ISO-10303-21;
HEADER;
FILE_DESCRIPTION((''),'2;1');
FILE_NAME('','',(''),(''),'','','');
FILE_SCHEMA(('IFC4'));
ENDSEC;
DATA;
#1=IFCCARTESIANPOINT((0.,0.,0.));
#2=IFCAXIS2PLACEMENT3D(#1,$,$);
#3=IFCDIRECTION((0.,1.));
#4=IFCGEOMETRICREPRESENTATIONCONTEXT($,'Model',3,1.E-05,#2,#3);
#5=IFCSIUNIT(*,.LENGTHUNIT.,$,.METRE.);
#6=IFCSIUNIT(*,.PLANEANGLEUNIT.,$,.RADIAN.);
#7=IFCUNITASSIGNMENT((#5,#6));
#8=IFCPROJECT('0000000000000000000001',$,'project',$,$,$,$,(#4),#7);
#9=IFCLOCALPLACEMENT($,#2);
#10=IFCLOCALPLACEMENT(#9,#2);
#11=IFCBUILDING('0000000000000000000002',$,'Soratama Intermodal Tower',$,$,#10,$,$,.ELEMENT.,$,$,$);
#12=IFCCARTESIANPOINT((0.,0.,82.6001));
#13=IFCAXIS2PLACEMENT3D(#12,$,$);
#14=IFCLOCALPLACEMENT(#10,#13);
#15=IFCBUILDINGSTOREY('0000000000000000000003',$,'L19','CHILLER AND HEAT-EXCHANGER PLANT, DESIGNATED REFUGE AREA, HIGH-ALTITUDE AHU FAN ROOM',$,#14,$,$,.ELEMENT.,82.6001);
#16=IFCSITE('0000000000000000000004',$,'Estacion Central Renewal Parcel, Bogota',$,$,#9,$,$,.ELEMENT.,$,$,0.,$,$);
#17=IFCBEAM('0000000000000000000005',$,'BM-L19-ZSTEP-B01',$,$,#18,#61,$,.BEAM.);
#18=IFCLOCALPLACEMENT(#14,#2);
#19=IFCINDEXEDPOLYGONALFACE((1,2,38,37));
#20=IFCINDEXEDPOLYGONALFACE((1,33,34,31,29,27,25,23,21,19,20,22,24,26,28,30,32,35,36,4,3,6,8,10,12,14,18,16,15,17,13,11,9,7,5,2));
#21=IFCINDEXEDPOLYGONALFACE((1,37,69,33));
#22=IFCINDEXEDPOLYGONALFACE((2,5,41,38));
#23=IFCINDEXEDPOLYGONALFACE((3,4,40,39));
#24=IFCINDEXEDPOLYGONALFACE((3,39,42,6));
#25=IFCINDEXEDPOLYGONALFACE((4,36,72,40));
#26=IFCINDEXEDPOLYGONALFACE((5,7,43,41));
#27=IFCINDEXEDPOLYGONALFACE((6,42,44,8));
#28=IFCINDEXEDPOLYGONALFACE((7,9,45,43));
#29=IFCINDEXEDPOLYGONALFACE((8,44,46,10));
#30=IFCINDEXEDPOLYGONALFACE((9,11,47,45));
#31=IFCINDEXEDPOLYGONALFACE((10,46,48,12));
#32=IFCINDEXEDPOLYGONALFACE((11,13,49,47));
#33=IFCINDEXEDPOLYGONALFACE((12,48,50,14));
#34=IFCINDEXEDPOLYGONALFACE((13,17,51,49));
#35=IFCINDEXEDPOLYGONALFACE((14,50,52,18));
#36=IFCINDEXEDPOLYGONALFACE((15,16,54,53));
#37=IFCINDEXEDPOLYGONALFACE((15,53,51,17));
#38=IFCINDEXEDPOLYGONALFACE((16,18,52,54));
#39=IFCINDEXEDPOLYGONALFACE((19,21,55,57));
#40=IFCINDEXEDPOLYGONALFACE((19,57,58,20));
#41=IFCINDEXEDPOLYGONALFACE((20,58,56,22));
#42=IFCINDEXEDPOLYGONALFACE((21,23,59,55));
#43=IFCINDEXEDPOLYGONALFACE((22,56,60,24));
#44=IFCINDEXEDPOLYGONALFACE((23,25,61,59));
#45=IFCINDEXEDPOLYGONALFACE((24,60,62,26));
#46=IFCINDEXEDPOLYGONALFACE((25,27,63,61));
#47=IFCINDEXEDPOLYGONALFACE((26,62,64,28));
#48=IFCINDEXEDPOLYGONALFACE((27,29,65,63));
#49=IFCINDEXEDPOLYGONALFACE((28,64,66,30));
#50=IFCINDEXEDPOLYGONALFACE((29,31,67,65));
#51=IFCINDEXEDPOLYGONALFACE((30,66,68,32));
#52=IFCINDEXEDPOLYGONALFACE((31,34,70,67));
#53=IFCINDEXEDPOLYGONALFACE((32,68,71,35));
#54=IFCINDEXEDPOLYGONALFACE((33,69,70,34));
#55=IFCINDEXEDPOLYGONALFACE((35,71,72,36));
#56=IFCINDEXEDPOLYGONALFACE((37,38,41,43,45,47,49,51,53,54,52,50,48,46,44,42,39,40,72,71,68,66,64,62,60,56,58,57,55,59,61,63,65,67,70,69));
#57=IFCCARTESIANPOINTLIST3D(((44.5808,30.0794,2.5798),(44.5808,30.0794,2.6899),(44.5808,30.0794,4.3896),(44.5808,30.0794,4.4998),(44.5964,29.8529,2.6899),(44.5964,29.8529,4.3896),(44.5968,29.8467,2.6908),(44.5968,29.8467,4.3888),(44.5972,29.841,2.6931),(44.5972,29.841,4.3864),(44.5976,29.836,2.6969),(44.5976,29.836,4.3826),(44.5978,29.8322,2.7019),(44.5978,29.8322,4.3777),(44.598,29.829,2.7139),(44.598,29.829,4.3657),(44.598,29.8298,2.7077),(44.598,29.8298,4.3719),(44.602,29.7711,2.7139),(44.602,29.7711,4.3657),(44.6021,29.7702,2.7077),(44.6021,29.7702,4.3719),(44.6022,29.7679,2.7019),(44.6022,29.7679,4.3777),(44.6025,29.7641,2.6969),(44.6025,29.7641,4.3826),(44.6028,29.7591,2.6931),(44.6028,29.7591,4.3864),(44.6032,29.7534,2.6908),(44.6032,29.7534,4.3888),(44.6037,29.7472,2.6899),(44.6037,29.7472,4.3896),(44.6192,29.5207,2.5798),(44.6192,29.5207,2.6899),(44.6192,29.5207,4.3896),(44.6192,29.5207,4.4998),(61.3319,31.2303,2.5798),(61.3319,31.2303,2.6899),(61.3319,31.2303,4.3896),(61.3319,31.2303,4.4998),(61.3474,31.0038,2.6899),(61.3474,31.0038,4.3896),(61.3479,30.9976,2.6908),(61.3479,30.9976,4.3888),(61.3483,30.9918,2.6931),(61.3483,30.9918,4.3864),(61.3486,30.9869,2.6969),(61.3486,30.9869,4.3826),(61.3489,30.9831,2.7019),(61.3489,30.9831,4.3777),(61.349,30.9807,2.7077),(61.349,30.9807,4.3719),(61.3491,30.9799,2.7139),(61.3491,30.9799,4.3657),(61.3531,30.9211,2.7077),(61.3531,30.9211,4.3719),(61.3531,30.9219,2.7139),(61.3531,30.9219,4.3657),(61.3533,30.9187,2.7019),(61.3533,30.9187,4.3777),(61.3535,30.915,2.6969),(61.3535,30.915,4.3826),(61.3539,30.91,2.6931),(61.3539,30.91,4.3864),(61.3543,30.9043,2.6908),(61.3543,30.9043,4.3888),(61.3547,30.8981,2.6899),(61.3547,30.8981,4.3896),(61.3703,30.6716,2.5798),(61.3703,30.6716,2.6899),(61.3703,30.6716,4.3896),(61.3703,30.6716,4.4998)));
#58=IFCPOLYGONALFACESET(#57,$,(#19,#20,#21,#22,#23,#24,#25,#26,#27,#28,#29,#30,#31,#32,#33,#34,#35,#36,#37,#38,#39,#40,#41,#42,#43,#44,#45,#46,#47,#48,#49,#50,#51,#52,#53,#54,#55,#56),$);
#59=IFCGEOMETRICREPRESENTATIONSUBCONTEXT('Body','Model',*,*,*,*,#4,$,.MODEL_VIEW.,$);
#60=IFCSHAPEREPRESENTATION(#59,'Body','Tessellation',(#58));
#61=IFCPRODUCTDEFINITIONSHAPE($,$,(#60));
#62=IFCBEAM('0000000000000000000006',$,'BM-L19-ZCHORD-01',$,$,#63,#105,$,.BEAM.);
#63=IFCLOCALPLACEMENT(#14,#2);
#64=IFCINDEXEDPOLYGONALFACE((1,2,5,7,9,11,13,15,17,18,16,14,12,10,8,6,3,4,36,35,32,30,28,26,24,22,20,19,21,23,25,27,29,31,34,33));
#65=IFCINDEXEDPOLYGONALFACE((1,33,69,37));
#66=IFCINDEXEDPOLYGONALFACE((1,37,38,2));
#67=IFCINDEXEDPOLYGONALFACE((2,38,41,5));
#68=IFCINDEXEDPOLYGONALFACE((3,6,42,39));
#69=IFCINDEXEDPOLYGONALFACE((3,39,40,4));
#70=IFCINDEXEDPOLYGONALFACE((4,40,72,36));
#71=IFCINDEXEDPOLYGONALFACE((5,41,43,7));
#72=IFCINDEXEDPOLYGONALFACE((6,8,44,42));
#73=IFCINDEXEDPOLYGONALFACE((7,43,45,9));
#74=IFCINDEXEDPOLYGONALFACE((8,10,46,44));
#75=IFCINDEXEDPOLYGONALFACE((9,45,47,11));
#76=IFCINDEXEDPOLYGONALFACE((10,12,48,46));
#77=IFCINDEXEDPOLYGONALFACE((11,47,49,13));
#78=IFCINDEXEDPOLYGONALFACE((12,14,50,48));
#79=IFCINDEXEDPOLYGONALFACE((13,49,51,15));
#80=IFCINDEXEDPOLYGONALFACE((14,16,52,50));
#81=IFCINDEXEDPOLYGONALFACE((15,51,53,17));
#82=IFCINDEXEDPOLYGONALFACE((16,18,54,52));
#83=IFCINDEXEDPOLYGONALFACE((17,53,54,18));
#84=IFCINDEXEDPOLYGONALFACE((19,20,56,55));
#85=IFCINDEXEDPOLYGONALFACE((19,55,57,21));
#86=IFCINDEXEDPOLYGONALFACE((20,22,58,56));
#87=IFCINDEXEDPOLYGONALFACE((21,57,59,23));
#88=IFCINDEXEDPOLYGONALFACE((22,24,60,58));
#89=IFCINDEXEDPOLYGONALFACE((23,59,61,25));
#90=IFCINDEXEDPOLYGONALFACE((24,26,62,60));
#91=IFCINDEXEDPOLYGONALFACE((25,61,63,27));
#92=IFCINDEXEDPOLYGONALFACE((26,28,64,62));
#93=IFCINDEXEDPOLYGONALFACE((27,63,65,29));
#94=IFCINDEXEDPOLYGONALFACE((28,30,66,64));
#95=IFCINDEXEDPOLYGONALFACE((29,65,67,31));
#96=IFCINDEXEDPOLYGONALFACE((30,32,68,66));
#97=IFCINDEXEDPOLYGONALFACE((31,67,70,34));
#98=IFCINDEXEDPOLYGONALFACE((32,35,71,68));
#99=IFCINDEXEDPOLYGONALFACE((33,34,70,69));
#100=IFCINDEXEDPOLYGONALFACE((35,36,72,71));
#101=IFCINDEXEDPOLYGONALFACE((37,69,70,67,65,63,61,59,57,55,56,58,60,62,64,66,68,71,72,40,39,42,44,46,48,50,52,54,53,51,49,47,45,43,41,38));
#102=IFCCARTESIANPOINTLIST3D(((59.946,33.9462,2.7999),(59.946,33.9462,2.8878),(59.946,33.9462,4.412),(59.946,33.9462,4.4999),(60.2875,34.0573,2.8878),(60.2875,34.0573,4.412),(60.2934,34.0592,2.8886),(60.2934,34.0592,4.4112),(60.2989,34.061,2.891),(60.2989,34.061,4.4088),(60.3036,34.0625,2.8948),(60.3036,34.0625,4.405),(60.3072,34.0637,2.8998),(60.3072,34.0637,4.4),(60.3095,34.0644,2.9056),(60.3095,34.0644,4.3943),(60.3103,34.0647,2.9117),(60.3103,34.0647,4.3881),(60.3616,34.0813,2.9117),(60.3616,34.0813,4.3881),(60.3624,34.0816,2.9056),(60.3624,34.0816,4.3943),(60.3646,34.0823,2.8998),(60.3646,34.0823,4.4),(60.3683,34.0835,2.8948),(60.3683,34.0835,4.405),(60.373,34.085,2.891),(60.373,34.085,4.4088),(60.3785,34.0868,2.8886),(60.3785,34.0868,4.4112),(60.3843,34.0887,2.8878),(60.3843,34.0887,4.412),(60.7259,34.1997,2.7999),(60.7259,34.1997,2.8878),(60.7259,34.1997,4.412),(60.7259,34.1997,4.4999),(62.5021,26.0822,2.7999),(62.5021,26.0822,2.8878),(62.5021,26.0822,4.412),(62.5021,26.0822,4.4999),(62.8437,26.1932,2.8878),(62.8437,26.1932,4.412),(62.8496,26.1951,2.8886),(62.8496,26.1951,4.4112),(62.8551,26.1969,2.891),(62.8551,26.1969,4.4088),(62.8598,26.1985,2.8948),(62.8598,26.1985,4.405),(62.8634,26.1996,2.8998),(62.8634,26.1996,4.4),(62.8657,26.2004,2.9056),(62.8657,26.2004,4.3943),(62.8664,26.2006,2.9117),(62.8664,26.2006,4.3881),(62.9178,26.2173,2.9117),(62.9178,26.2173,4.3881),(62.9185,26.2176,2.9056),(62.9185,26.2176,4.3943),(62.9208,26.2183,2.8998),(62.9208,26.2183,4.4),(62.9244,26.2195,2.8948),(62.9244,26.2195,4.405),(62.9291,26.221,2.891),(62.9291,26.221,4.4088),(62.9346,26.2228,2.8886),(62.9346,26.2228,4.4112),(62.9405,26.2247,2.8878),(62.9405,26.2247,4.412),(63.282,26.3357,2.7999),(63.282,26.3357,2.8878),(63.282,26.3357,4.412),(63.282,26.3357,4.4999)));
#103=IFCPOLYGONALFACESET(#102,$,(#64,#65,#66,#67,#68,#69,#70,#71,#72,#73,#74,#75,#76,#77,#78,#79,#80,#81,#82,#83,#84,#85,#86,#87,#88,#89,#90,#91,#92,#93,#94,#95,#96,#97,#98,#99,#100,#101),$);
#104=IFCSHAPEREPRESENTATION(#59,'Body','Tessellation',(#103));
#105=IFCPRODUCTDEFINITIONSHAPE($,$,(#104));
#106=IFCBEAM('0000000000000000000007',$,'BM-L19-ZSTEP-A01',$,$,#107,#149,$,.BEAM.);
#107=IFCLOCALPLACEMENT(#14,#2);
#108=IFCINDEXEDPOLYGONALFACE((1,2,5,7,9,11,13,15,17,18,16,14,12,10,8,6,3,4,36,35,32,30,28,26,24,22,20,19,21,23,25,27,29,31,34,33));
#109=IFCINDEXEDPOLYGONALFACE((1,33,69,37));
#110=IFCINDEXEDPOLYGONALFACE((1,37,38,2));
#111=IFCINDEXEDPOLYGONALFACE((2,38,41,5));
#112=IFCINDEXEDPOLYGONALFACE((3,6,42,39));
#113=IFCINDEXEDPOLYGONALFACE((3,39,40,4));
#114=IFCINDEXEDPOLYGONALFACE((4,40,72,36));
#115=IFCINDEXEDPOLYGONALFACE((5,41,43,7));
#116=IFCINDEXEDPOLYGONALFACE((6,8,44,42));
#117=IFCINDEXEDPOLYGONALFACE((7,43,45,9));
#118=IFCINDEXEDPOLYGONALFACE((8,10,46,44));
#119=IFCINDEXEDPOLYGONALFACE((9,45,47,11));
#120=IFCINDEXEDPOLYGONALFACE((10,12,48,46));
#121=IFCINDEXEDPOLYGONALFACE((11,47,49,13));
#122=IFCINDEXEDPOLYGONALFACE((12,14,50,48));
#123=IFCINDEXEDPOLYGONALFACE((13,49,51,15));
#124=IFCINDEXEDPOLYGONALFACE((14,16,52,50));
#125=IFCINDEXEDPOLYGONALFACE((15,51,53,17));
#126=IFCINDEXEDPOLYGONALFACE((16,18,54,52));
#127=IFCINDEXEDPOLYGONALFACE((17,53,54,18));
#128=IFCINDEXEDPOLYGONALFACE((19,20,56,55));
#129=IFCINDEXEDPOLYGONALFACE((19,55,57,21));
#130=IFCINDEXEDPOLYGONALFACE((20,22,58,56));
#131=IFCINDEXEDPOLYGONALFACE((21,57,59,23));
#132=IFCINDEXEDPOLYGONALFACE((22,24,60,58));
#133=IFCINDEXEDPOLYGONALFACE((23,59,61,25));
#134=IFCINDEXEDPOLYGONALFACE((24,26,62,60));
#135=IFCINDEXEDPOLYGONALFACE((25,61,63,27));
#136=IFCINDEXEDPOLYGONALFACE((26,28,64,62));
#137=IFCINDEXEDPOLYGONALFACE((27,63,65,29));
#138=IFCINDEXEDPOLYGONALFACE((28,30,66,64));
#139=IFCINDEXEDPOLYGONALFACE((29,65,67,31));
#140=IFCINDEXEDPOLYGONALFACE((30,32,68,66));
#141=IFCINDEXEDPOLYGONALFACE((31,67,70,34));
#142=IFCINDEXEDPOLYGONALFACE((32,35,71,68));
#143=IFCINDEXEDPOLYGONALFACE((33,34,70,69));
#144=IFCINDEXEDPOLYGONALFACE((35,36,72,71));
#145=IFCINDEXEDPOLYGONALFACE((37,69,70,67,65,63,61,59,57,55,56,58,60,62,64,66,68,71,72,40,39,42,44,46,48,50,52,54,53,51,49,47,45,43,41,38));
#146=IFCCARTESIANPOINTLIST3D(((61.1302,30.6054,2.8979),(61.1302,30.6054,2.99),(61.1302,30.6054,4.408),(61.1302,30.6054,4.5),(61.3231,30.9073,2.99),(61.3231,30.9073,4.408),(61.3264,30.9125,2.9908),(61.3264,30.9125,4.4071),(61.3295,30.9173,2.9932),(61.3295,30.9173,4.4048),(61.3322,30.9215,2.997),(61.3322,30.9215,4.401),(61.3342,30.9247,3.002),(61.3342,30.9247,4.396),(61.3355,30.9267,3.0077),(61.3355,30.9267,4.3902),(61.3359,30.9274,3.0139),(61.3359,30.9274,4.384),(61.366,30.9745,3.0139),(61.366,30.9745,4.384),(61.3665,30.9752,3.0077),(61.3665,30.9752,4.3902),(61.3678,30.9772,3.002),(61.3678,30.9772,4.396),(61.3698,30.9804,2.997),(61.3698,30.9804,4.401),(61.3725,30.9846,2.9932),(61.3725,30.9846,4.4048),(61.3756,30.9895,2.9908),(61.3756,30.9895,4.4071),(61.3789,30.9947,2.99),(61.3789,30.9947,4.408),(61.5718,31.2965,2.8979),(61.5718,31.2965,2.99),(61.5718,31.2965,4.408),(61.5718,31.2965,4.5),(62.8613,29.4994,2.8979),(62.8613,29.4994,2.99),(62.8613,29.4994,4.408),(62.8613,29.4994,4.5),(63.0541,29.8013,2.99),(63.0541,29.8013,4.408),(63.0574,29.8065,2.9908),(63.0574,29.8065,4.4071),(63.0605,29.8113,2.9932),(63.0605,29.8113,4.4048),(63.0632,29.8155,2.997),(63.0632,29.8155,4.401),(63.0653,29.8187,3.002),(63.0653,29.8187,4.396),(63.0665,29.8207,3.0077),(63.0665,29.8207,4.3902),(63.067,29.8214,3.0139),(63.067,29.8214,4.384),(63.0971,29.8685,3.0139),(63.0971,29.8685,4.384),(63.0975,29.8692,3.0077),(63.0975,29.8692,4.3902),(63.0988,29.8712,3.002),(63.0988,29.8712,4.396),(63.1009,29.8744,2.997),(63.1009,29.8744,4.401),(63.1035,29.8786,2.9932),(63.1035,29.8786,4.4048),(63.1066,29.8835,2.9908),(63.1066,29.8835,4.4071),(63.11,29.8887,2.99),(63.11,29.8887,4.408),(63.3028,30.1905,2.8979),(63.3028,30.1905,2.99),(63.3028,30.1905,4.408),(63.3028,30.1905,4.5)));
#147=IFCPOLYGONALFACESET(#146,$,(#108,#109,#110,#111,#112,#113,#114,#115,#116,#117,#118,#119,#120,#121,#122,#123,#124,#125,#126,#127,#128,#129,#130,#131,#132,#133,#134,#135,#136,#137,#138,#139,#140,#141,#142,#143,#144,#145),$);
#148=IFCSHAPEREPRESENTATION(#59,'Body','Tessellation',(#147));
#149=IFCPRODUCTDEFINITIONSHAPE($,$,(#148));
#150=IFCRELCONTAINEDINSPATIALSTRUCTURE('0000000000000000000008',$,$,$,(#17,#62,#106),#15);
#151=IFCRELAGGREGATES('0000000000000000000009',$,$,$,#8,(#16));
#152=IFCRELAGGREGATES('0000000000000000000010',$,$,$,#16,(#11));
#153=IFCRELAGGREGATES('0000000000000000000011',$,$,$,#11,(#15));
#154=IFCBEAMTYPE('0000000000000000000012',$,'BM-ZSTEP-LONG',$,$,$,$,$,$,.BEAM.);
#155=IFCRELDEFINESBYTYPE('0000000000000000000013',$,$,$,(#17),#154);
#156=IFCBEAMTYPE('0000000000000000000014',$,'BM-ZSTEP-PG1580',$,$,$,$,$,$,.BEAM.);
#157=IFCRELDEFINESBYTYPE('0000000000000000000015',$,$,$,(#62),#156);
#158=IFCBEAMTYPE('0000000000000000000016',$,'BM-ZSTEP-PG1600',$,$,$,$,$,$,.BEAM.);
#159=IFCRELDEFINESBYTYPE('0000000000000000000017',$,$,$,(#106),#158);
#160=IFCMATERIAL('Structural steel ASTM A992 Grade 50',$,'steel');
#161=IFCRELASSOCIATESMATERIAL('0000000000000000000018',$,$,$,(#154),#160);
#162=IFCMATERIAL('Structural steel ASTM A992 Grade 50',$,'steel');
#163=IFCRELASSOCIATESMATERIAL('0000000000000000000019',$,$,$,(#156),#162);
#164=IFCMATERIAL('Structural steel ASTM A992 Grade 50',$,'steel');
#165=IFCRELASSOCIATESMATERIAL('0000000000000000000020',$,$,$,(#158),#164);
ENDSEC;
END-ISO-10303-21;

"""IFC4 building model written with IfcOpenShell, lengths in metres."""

from ifc_helpers import new_model, si_unit, direction, frame, origin, origin_2d, place, context, subcontext, project, spatial, i_section, extrude, material, material_profile, profile_set, type_object, element, save


model = new_model("IFC4")

# Units and contexts
model_context = context("Model", 3, precision=1e-05, world=origin(), true_north=direction((0.0, 1.0)))
body_context = subcontext(model_context, "Body", "Model", "MODEL_VIEW")
ifc_project = project(units=[si_unit("LENGTHUNIT", "METRE"), si_unit("PLANEANGLEUNIT", "RADIAN")], contexts=[model_context])

# Site, building, storey
site_placement = place(None, origin())
site = spatial("IfcSite", under=ifc_project, at=site_placement, Name="Estacion Central Renewal Parcel, Bogota", CompositionType="ELEMENT", RefElevation=0.0)
building_placement = place(site_placement, origin())
building = spatial("IfcBuilding", under=site, at=building_placement, Name="Soratama Intermodal Tower", CompositionType="ELEMENT")
storey_placement = place(building_placement, frame((0.0, 0.0, 82.6001)))
storey = spatial("IfcBuildingStorey", under=building, at=storey_placement, Name="L19", Description="CHILLER AND HEAT-EXCHANGER PLANT, DESIGNATED REFUGE AREA, HIGH-ALTITUDE AHU FAN ROOM", CompositionType="ELEMENT", Elevation=82.6001)

# Beams
ifc_material_1 = material(Name="Structural steel ASTM A992 Grade 50", Category="steel")
ifc_material_profile_1 = material_profile(ifc_material_1, i_section(OverallWidth=0.5601, OverallDepth=1.9199, WebThickness=0.0581, FlangeThickness=0.1101, FilletRadius=0.0239, at=origin_2d()), Name="PG2150X720")
ifc_profile_set_1 = profile_set([ifc_material_profile_1], Name="Structural steel ASTM A992 Grade 50")
beam_type_1 = type_object("IfcBeamType", Name="BM-ZSTEP-LONG", PredefinedType="BEAM", material=ifc_profile_set_1)
beam_1_placement = place(storey_placement, frame((61.3511, 30.9509, 3.5398), z_axis=(-0.997648, -0.068544, 0.0), x_axis=(0.068544, -0.997648, 0.0)))
element("IfcBeam", 1, at=beam_1_placement, inside=storey, type_object=beam_type_1, Name="BM-L19-ZSTEP-B01", PredefinedType="BEAM", context=body_context, shape_type="SweptSolid", body=[
    extrude(i_section(OverallWidth=0.5601, OverallDepth=1.9199, WebThickness=0.0581, FlangeThickness=0.1101, FilletRadius=0.0239, at=origin_2d()), origin(), (0.0, 0.0, 1.0), 16.7905),
])
ifc_material_2 = material(Name="Structural steel ASTM A992 Grade 50", Category="steel")
ifc_material_profile_2 = material_profile(ifc_material_2, i_section(OverallWidth=0.8201, OverallDepth=1.7, WebThickness=0.054, FlangeThickness=0.0879, FilletRadius=0.0239, at=origin_2d()), Name="PG1580X800")
ifc_profile_set_2 = profile_set([ifc_material_profile_2], Name="Structural steel ASTM A992 Grade 50")
beam_type_2 = type_object("IfcBeamType", Name="BM-ZSTEP-PG1580", PredefinedType="BEAM", material=ifc_profile_set_2)
beam_2_placement = place(storey_placement, frame((60.3359, 34.073, 3.6499), z_axis=(0.309124, -0.951022, 0.0), x_axis=(0.951022, 0.309124, 0.0)))
element("IfcBeam", 2, at=beam_2_placement, inside=storey, type_object=beam_type_2, Name="BM-L19-ZCHORD-01", PredefinedType="BEAM", context=body_context, shape_type="SweptSolid", body=[
    extrude(i_section(OverallWidth=0.8201, OverallDepth=1.7, WebThickness=0.054, FlangeThickness=0.0879, FilletRadius=0.0239, at=origin_2d()), origin(), (0.0, 0.0, 1.0), 8.269),
])
ifc_material_3 = material(Name="Structural steel ASTM A992 Grade 50", Category="steel")
ifc_material_profile_3 = material_profile(ifc_material_3, i_section(OverallWidth=0.8201, OverallDepth=1.6021, WebThickness=0.0559, FlangeThickness=0.092, FilletRadius=0.0239, at=origin_2d()), Name="PG1600X650")
ifc_profile_set_3 = profile_set([ifc_material_profile_3], Name="Structural steel ASTM A992 Grade 50")
beam_type_3 = type_object("IfcBeamType", Name="BM-ZSTEP-PG1600", PredefinedType="BEAM", material=ifc_profile_set_3)
beam_3_placement = place(storey_placement, frame((63.082, 29.845, 3.699), z_axis=(-0.842681, 0.538413, 0.0), x_axis=(-0.538413, -0.842681, 0.0)))
element("IfcBeam", 3, at=beam_3_placement, inside=storey, type_object=beam_type_3, Name="BM-L19-ZSTEP-A01", PredefinedType="BEAM", context=body_context, shape_type="SweptSolid", body=[
    extrude(i_section(OverallWidth=0.8201, OverallDepth=1.6021, WebThickness=0.0559, FlangeThickness=0.092, FilletRadius=0.0239, at=origin_2d()), origin(), (0.0, 0.0, 1.0), 2.0542),
])

save(model, "model.ifc")
